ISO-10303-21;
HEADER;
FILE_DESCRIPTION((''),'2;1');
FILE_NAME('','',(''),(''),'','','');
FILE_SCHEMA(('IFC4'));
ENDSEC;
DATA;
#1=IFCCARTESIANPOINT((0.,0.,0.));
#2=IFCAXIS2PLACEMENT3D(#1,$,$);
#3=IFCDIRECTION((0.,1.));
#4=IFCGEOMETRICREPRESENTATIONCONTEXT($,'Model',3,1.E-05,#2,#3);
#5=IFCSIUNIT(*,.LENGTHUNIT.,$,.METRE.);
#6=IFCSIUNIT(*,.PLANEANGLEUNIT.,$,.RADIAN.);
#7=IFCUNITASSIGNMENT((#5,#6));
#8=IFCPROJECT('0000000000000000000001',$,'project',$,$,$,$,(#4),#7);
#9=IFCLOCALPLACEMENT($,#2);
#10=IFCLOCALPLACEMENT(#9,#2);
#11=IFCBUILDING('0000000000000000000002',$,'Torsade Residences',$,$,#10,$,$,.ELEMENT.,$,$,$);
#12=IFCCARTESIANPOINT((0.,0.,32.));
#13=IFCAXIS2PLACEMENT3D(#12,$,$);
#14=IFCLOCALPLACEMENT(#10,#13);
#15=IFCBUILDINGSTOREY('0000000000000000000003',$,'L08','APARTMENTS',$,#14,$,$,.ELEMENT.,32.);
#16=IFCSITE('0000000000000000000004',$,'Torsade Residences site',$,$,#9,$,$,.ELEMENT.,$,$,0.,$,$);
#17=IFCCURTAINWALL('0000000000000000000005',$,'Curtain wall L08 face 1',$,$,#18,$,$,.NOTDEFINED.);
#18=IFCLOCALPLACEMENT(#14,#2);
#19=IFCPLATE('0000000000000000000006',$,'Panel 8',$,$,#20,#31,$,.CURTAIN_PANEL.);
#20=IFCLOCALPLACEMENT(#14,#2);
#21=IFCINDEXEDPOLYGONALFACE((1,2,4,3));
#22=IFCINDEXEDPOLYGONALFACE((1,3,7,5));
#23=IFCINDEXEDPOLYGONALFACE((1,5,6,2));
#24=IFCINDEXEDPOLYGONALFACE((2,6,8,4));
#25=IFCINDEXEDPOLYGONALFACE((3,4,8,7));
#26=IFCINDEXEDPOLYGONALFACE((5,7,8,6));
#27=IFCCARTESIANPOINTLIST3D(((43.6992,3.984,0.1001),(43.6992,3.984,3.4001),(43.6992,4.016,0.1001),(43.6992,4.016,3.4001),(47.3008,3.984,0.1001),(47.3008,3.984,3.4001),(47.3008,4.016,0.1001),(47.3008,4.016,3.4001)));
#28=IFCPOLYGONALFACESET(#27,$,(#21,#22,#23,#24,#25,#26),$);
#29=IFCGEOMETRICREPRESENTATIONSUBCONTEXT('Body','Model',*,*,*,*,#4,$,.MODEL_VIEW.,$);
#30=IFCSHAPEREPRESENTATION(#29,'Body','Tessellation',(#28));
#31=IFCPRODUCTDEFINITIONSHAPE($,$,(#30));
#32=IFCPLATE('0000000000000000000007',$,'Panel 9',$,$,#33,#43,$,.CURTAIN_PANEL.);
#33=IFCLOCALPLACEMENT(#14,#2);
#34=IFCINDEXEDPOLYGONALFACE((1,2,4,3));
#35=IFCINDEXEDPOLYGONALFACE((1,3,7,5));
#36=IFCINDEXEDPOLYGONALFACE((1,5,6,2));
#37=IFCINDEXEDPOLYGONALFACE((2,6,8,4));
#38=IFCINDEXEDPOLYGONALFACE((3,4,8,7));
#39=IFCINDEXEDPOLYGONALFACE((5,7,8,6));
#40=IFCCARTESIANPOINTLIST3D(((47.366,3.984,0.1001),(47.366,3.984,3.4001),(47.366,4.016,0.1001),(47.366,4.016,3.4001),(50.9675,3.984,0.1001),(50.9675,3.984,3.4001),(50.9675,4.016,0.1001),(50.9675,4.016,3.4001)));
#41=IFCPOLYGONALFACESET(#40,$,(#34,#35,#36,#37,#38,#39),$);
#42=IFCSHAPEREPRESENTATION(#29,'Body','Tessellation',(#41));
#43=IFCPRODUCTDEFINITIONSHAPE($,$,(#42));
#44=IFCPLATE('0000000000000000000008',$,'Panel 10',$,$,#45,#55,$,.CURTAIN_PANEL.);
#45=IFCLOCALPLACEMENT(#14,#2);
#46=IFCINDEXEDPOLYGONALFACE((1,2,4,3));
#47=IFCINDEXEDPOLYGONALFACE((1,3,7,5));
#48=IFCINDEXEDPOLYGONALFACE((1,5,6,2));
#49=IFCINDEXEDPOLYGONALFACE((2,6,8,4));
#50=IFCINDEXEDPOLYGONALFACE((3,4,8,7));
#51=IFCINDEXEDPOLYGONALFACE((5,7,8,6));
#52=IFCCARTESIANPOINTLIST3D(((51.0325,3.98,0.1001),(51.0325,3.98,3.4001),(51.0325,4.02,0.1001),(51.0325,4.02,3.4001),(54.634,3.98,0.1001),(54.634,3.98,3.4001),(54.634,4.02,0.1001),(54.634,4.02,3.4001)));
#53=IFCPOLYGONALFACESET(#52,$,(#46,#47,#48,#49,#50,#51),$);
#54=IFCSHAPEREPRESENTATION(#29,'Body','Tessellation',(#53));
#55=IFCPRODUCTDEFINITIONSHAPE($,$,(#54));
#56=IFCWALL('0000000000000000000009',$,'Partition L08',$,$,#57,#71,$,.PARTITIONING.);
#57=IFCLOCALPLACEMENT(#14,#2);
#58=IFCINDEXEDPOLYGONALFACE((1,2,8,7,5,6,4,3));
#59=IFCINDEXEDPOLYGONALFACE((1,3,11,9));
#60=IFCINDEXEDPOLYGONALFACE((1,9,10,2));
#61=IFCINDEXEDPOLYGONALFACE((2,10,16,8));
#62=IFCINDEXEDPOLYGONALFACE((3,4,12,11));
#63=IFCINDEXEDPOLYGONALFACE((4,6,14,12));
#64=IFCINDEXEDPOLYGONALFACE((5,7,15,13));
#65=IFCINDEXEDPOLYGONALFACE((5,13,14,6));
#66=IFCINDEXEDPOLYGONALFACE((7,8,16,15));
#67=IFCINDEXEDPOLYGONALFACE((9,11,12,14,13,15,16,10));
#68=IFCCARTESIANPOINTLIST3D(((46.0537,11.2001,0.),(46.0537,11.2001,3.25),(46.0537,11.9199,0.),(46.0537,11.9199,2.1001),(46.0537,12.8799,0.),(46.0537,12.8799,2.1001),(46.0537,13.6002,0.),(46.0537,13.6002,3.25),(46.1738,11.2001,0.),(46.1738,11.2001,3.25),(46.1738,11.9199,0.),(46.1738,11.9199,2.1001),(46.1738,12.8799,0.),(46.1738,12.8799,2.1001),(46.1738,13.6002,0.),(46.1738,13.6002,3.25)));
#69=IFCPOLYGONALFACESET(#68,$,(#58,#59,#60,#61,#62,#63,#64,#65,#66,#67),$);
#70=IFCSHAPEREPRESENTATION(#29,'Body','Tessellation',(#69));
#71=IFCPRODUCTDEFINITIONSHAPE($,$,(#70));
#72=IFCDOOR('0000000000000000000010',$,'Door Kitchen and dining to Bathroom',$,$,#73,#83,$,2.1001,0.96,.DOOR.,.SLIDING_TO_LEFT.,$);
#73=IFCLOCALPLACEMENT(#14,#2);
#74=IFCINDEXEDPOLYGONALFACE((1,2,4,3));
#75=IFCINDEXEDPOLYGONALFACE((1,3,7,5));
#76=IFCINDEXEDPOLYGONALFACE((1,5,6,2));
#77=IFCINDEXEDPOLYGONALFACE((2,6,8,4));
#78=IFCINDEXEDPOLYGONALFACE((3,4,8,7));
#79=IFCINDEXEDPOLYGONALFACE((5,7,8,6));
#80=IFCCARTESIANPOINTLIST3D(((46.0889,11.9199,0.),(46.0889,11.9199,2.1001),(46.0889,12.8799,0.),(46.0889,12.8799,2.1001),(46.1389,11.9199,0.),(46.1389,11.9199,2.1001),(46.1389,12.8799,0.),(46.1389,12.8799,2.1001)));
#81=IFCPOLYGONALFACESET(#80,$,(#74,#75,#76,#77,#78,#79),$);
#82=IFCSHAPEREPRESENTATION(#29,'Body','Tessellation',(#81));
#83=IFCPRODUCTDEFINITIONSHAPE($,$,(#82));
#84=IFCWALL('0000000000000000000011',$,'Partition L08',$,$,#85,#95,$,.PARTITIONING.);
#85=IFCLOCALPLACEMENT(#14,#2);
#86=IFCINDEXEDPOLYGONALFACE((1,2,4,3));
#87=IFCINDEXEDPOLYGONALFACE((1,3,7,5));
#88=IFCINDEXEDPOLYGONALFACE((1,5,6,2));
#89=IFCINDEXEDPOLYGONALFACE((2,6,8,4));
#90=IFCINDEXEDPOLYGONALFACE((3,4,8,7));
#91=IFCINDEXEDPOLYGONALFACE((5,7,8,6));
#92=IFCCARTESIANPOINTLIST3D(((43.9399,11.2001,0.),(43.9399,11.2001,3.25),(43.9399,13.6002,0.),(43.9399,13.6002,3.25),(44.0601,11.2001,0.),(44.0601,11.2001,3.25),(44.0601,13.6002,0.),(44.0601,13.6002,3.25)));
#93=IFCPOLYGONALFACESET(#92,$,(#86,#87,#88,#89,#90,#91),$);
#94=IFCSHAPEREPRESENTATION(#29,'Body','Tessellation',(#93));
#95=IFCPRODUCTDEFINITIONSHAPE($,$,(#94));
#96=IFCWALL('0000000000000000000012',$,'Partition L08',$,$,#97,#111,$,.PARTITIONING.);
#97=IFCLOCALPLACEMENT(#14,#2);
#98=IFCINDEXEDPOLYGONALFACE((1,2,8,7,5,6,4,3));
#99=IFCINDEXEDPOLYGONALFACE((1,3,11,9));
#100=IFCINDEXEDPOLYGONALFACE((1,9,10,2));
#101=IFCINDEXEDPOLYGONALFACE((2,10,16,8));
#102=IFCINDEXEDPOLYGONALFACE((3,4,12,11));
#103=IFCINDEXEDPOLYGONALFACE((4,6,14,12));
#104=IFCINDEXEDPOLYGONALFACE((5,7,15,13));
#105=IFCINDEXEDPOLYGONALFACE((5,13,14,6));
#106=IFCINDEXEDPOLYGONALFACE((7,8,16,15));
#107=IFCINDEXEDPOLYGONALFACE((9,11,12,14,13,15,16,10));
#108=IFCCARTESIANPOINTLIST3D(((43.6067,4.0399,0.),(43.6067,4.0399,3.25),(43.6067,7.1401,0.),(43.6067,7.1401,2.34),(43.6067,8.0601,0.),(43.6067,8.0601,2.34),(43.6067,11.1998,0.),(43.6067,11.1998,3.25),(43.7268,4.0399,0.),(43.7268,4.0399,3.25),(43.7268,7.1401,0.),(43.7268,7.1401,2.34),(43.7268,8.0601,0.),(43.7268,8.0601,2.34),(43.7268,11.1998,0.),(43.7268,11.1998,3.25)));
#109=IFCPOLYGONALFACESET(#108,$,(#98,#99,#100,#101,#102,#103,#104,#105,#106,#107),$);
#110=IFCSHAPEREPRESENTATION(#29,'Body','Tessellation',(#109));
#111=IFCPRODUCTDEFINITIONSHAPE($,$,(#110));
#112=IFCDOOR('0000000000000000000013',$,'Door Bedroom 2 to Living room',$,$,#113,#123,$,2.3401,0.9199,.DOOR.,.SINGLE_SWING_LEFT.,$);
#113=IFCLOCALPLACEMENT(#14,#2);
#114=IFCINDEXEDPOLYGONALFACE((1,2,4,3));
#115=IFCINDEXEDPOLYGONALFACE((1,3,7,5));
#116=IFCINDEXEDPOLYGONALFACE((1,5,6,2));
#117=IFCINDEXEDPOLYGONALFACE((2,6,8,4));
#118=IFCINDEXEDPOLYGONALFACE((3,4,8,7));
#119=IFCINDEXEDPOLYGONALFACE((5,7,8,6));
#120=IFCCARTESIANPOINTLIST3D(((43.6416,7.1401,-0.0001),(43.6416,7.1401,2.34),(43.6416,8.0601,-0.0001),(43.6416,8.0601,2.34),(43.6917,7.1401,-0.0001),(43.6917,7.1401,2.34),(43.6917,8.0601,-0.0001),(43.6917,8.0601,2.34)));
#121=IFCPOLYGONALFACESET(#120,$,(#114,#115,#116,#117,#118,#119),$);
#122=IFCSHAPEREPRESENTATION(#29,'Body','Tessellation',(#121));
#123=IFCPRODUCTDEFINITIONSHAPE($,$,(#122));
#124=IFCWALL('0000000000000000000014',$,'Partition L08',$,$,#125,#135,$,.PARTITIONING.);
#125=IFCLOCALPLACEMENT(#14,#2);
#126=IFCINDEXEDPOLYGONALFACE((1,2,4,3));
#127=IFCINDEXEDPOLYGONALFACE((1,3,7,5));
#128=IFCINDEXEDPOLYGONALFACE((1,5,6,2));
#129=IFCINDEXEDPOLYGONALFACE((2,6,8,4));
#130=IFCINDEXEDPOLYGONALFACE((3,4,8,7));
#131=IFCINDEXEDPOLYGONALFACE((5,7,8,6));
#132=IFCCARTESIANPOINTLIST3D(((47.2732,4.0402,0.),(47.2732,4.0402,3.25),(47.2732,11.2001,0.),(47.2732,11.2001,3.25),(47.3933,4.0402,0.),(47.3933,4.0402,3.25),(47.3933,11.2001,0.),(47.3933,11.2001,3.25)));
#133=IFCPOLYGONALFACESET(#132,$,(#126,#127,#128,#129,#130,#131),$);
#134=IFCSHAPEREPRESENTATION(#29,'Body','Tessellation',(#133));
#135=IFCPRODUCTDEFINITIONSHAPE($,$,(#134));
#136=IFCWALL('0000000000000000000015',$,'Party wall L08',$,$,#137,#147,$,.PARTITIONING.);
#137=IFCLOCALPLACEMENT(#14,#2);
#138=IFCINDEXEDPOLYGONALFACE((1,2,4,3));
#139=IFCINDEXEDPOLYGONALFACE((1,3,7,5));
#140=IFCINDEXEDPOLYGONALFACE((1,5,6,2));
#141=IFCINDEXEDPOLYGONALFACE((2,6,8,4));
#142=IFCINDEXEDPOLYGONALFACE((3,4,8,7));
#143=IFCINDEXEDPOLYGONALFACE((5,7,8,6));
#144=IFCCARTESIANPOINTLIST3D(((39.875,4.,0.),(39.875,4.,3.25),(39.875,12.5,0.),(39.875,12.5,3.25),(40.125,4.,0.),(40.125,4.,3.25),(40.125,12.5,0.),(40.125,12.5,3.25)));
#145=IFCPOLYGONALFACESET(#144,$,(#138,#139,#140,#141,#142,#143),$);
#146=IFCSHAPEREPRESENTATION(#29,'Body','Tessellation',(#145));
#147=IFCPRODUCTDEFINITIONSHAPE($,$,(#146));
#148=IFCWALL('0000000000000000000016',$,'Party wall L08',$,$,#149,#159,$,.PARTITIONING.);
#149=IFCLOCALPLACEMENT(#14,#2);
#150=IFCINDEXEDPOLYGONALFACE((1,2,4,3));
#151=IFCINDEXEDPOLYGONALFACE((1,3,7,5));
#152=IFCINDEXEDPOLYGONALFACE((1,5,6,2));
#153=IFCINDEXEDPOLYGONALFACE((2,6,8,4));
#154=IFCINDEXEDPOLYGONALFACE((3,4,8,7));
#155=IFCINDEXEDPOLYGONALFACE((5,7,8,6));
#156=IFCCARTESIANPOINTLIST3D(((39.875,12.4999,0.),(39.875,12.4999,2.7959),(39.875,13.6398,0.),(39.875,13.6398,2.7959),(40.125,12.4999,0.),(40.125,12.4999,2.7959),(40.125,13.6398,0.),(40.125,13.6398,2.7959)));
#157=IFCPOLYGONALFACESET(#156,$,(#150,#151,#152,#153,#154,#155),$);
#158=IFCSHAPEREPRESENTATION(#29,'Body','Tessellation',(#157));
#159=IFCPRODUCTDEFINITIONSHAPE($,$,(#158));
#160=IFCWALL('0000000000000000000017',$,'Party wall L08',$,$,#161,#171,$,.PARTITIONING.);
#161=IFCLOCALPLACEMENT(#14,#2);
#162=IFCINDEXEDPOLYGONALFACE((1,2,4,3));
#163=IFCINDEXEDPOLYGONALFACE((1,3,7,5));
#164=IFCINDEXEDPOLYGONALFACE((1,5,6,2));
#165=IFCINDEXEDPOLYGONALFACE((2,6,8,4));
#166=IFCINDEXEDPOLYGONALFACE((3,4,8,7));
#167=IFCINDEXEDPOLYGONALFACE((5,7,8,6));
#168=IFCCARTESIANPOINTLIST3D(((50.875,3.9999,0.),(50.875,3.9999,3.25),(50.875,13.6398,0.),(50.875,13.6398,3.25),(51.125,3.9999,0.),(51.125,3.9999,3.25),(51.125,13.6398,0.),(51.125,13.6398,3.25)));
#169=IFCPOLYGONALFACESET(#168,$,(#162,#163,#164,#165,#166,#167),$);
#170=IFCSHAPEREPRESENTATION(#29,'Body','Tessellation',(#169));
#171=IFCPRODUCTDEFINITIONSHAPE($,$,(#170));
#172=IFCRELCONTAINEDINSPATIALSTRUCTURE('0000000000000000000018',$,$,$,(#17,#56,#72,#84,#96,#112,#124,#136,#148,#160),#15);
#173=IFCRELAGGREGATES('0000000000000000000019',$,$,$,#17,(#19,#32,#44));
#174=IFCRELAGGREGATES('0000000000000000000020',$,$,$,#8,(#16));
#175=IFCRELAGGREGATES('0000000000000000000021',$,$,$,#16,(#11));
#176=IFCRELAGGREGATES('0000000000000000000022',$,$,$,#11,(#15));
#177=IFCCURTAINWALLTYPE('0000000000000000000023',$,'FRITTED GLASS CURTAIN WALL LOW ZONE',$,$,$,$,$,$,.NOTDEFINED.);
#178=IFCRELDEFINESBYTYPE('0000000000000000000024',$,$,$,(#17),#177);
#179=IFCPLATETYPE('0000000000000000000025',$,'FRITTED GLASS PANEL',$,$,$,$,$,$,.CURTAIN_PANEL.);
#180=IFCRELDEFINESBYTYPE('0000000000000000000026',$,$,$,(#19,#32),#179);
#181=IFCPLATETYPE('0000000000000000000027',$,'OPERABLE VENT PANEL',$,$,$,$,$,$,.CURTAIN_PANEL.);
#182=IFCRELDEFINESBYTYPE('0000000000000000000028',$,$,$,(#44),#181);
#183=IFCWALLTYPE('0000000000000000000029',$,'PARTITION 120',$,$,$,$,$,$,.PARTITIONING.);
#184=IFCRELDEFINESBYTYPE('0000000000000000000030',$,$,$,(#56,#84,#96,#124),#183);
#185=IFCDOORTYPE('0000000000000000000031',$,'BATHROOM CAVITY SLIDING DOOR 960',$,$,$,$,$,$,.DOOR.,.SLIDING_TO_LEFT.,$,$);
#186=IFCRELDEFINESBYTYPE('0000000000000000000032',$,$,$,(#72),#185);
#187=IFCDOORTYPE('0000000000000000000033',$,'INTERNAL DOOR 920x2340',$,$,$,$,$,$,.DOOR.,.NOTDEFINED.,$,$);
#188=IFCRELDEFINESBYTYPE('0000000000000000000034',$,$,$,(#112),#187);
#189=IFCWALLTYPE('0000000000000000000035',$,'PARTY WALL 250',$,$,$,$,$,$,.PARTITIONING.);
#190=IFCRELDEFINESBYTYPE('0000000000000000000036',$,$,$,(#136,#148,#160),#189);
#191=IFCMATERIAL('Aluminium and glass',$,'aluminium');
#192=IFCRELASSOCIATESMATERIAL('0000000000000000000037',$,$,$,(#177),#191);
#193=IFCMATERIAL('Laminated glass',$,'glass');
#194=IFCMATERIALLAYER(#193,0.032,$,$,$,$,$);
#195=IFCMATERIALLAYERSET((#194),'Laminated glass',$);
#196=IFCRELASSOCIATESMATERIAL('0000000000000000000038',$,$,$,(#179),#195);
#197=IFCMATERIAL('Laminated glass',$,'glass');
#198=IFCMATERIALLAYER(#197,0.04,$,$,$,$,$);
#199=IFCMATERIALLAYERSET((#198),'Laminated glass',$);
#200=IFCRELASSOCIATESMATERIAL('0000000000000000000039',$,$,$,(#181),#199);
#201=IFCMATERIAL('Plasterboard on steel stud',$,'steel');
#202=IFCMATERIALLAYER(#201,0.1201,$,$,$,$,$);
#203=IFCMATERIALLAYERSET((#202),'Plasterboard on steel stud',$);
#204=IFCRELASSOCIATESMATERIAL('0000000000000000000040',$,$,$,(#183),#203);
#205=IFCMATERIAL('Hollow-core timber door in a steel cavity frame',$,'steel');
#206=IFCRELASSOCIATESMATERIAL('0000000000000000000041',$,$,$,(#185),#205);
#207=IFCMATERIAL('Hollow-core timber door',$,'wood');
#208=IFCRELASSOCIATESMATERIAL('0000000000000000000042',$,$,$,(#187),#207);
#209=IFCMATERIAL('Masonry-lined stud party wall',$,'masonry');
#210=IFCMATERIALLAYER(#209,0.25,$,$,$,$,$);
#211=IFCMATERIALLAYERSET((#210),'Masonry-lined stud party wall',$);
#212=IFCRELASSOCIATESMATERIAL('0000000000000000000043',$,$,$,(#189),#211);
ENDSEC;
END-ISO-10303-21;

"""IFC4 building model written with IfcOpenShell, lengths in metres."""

from ifc_helpers import new_model, si_unit, direction, frame, frame_2d, origin, origin_2d, place, context, subcontext, project, spatial, rectangle, extrude, material, layer, layer_set, type_object, element, fill, aggregate, save


model = new_model("IFC4")

# Units and contexts
model_context = context("Model", 3, precision=1e-05, world=origin(), true_north=direction((0.0, 1.0)))
body_context = subcontext(model_context, "Body", "Model", "MODEL_VIEW")
ifc_project = project(units=[si_unit("LENGTHUNIT", "METRE"), si_unit("PLANEANGLEUNIT", "RADIAN")], contexts=[model_context])

# Site, building, storey
site_placement = place(None, origin())
site = spatial("IfcSite", under=ifc_project, at=site_placement, Name="Torsade Residences site", CompositionType="ELEMENT", RefElevation=0.0)
building_placement = place(site_placement, origin())
building = spatial("IfcBuilding", under=site, at=building_placement, Name="Torsade Residences", CompositionType="ELEMENT")
storey_placement = place(building_placement, frame((0.0, 0.0, 32.0)))
storey = spatial("IfcBuildingStorey", under=building, at=storey_placement, Name="L08", Description="APARTMENTS", CompositionType="ELEMENT", Elevation=32.0)

# Curtain wall
ifc_material_1 = material(Name="Aluminium and glass", Category="aluminium")
curtain_wall_type = type_object("IfcCurtainWallType", Name="FRITTED GLASS CURTAIN WALL LOW ZONE", PredefinedType="NOTDEFINED", material=ifc_material_1)
curtain_wall_placement = place(storey_placement, origin())
curtain_wall = element("IfcCurtainWall", 1, at=curtain_wall_placement, inside=storey, type_object=curtain_wall_type, Name="Curtain wall L08 face 1", PredefinedType="NOTDEFINED")

# Plates
ifc_material_2 = material(Name="Laminated glass", Category="glass")
ifc_layer_1 = layer(ifc_material_2, 0.032)
ifc_layer_set_1 = layer_set([ifc_layer_1], Name="Laminated glass")
plate_type_1 = type_object("IfcPlateType", Name="FRITTED GLASS PANEL", PredefinedType="CURTAIN_PANEL", material=ifc_layer_set_1)
plate_1_placement = place(storey_placement, frame((45.5, 4.0, 0.1001), z_axis=(0.0, 0.0, 1.0), x_axis=(1.0, 0.0, 0.0)))
plate_1 = element("IfcPlate", 2, at=plate_1_placement, type_object=plate_type_1, Name="Panel 8", PredefinedType="CURTAIN_PANEL", context=body_context, shape_type="SweptSolid", body=[
    extrude(rectangle(XDim=3.6016, YDim=0.032, at=origin_2d()), origin(), (0.0, 0.0, 1.0), 3.3),
])
plate_2_placement = place(storey_placement, frame((49.1667, 4.0, 0.1001), z_axis=(0.0, 0.0, 1.0), x_axis=(1.0, 0.0, 0.0)))
plate_2 = element("IfcPlate", 3, at=plate_2_placement, type_object=plate_type_1, Name="Panel 9", PredefinedType="CURTAIN_PANEL", context=body_context, shape_type="SweptSolid", body=[
    extrude(rectangle(XDim=3.6016, YDim=0.032, at=origin_2d()), origin(), (0.0, 0.0, 1.0), 3.3),
])
ifc_material_3 = material(Name="Laminated glass", Category="glass")
ifc_layer_2 = layer(ifc_material_3, 0.04)
ifc_layer_set_2 = layer_set([ifc_layer_2], Name="Laminated glass")
plate_type_2 = type_object("IfcPlateType", Name="OPERABLE VENT PANEL", PredefinedType="CURTAIN_PANEL", material=ifc_layer_set_2)
plate_3_placement = place(storey_placement, frame((52.8333, 4.0, 0.1001), z_axis=(0.0, 0.0, 1.0), x_axis=(1.0, 0.0, 0.0)))
plate_3 = element("IfcPlate", 4, at=plate_3_placement, type_object=plate_type_2, Name="Panel 10", PredefinedType="CURTAIN_PANEL", context=body_context, shape_type="SweptSolid", body=[
    extrude(rectangle(XDim=3.6016, YDim=0.04, at=origin_2d()), origin(), (0.0, 0.0, 1.0), 3.3),
])
aggregate(curtain_wall, [plate_1, plate_2, plate_3])

# Wall, opening, door
ifc_material_4 = material(Name="Plasterboard on steel stud", Category="steel")
ifc_layer_3 = layer(ifc_material_4, 0.1201)
ifc_layer_set_3 = layer_set([ifc_layer_3], Name="Plasterboard on steel stud")
wall_type_1 = type_object("IfcWallType", Name="PARTITION 120", PredefinedType="PARTITIONING", material=ifc_layer_set_3)
wall_1_placement = place(storey_placement, frame((46.1138, 11.2, 0.0), z_axis=(0.0, 0.0, 1.0), x_axis=(0.0, 1.0, 0.0)))
wall_1 = element("IfcWall", 5, at=wall_1_placement, inside=storey, type_object=wall_type_1, Name="Partition L08", PredefinedType="PARTITIONING", context=body_context, shape_type="SweptSolid", body=[
    extrude(rectangle(XDim=2.4001, YDim=0.1201, at=frame_2d((1.2002, 0.0))), origin(), (0.0, 0.0, 1.0), 3.25),
])
opening_1_placement = place(wall_1_placement, frame((0.72, 0.0, 0.0)))
opening_1 = element("IfcOpeningElement", 6, at=opening_1_placement, cuts=wall_1, PredefinedType="OPENING", context=body_context, shape_type="SweptSolid", body=[
    extrude(rectangle(XDim=0.96, YDim=2.1001, at=frame_2d((0.48, 1.05))), frame((0.0, 0.0701, 0.0), z_axis=(0.0, -1.0, 0.0), x_axis=(1.0, 0.0, 0.0)), (0.0, 0.0, 1.0), 0.1401),
])
ifc_material_5 = material(Name="Hollow-core timber door in a steel cavity frame", Category="steel")
door_type_1 = type_object("IfcDoorType", Name="BATHROOM CAVITY SLIDING DOOR 960", OperationType="SLIDING_TO_LEFT", PredefinedType="DOOR", material=ifc_material_5)
door_1_placement = place(opening_1_placement, origin())
door_1 = element("IfcDoor", 7, at=door_1_placement, inside=storey, type_object=door_type_1, Name="Door Kitchen and dining to Bathroom", OperationType="SLIDING_TO_LEFT", OverallHeight=2.1001, OverallWidth=0.96, PredefinedType="DOOR", context=body_context, shape_type="SweptSolid", body=[
    extrude(rectangle(XDim=0.96, YDim=2.1001, at=frame_2d((0.48, 1.05))), frame((0.0, 0.0249, 0.0), z_axis=(0.0, -1.0, 0.0), x_axis=(1.0, 0.0, 0.0)), (0.0, 0.0, 1.0), 0.05),
])
fill(opening_1, door_1)

# Wall
wall_2_placement = place(storey_placement, frame((44.0, 11.2, 0.0), z_axis=(0.0, 0.0, 1.0), x_axis=(0.0, 1.0, 0.0)))
element("IfcWall", 8, at=wall_2_placement, inside=storey, type_object=wall_type_1, Name="Partition L08", PredefinedType="PARTITIONING", context=body_context, shape_type="SweptSolid", body=[
    extrude(rectangle(XDim=2.4001, YDim=0.1201, at=frame_2d((1.2002, 0.0))), origin(), (0.0, 0.0, 1.0), 3.25),
])

# Wall, opening, door
wall_3_placement = place(storey_placement, frame((43.6667, 11.2, 0.0), z_axis=(0.0, 0.0, 1.0), x_axis=(0.0, -1.0, 0.0)))
wall_3 = element("IfcWall", 9, at=wall_3_placement, inside=storey, type_object=wall_type_1, Name="Partition L08", PredefinedType="PARTITIONING", context=body_context, shape_type="SweptSolid", body=[
    extrude(rectangle(XDim=7.1599, YDim=0.1201, at=frame_2d((3.5801, 0.0))), origin(), (0.0, 0.0, 1.0), 3.25),
])
opening_2_placement = place(wall_3_placement, frame((3.1399, 0.0, 0.0)))
opening_2 = element("IfcOpeningElement", 10, at=opening_2_placement, cuts=wall_3, PredefinedType="OPENING", context=body_context, shape_type="SweptSolid", body=[
    extrude(rectangle(XDim=0.9199, YDim=2.3401, at=frame_2d((0.46, 1.1699))), frame((0.0, 0.0701, 0.0), z_axis=(0.0, -1.0, 0.0), x_axis=(1.0, 0.0, 0.0)), (0.0, 0.0, 1.0), 0.1401),
])
ifc_material_6 = material(Name="Hollow-core timber door", Category="wood")
door_type_2 = type_object("IfcDoorType", Name="INTERNAL DOOR 920x2340", OperationType="NOTDEFINED", PredefinedType="DOOR", material=ifc_material_6)
door_2_placement = place(opening_2_placement, origin())
door_2 = element("IfcDoor", 11, at=door_2_placement, inside=storey, type_object=door_type_2, Name="Door Bedroom 2 to Living room", OperationType="SINGLE_SWING_LEFT", OverallHeight=2.3401, OverallWidth=0.9199, PredefinedType="DOOR", context=body_context, shape_type="SweptSolid", body=[
    extrude(rectangle(XDim=0.9199, YDim=2.3401, at=frame_2d((0.46, 1.1699))), frame((0.0, 0.0249, 0.0), z_axis=(0.0, -1.0, 0.0), x_axis=(1.0, 0.0, 0.0)), (0.0, 0.0, 1.0), 0.05),
])
fill(opening_2, door_2)

# Walls
wall_4_placement = place(storey_placement, frame((47.3333, 4.04, 0.0), z_axis=(0.0, 0.0, 1.0), x_axis=(0.0, 1.0, 0.0)))
element("IfcWall", 12, at=wall_4_placement, inside=storey, type_object=wall_type_1, Name="Partition L08", PredefinedType="PARTITIONING", context=body_context, shape_type="SweptSolid", body=[
    extrude(rectangle(XDim=7.1599, YDim=0.1201, at=frame_2d((3.5801, 0.0))), origin(), (0.0, 0.0, 1.0), 3.25),
])
ifc_material_7 = material(Name="Masonry-lined stud party wall", Category="masonry")
ifc_layer_4 = layer(ifc_material_7, 0.25)
ifc_layer_set_4 = layer_set([ifc_layer_4], Name="Masonry-lined stud party wall")
wall_type_2 = type_object("IfcWallType", Name="PARTY WALL 250", PredefinedType="PARTITIONING", material=ifc_layer_set_4)
wall_5_placement = place(storey_placement, frame((40.0, 4.0, 0.0), z_axis=(0.0, 0.0, 1.0), x_axis=(0.0, 1.0, 0.0)))
element("IfcWall", 13, at=wall_5_placement, inside=storey, type_object=wall_type_2, Name="Party wall L08", PredefinedType="PARTITIONING", context=body_context, shape_type="SweptSolid", body=[
    extrude(rectangle(XDim=8.5, YDim=0.25, at=frame_2d((4.25, 0.0))), origin(), (0.0, 0.0, 1.0), 3.25),
])
wall_6_placement = place(storey_placement, frame((40.0, 12.5, 0.0), z_axis=(0.0, 0.0, 1.0), x_axis=(0.0, 1.0, 0.0)))
element("IfcWall", 14, at=wall_6_placement, inside=storey, type_object=wall_type_2, Name="Party wall L08", PredefinedType="PARTITIONING", context=body_context, shape_type="SweptSolid", body=[
    extrude(rectangle(XDim=1.1399, YDim=0.25, at=frame_2d((0.5698, 0.0))), origin(), (0.0, 0.0, 1.0), 2.7959),
])
wall_7_placement = place(storey_placement, frame((51.0, 4.0, 0.0), z_axis=(0.0, 0.0, 1.0), x_axis=(0.0, 1.0, 0.0)))
element("IfcWall", 15, at=wall_7_placement, inside=storey, type_object=wall_type_2, Name="Party wall L08", PredefinedType="PARTITIONING", context=body_context, shape_type="SweptSolid", body=[
    extrude(rectangle(XDim=9.6399, YDim=0.25, at=frame_2d((4.8198, 0.0))), origin(), (0.0, 0.0, 1.0), 3.25),
])

save(model, "model.ifc")
